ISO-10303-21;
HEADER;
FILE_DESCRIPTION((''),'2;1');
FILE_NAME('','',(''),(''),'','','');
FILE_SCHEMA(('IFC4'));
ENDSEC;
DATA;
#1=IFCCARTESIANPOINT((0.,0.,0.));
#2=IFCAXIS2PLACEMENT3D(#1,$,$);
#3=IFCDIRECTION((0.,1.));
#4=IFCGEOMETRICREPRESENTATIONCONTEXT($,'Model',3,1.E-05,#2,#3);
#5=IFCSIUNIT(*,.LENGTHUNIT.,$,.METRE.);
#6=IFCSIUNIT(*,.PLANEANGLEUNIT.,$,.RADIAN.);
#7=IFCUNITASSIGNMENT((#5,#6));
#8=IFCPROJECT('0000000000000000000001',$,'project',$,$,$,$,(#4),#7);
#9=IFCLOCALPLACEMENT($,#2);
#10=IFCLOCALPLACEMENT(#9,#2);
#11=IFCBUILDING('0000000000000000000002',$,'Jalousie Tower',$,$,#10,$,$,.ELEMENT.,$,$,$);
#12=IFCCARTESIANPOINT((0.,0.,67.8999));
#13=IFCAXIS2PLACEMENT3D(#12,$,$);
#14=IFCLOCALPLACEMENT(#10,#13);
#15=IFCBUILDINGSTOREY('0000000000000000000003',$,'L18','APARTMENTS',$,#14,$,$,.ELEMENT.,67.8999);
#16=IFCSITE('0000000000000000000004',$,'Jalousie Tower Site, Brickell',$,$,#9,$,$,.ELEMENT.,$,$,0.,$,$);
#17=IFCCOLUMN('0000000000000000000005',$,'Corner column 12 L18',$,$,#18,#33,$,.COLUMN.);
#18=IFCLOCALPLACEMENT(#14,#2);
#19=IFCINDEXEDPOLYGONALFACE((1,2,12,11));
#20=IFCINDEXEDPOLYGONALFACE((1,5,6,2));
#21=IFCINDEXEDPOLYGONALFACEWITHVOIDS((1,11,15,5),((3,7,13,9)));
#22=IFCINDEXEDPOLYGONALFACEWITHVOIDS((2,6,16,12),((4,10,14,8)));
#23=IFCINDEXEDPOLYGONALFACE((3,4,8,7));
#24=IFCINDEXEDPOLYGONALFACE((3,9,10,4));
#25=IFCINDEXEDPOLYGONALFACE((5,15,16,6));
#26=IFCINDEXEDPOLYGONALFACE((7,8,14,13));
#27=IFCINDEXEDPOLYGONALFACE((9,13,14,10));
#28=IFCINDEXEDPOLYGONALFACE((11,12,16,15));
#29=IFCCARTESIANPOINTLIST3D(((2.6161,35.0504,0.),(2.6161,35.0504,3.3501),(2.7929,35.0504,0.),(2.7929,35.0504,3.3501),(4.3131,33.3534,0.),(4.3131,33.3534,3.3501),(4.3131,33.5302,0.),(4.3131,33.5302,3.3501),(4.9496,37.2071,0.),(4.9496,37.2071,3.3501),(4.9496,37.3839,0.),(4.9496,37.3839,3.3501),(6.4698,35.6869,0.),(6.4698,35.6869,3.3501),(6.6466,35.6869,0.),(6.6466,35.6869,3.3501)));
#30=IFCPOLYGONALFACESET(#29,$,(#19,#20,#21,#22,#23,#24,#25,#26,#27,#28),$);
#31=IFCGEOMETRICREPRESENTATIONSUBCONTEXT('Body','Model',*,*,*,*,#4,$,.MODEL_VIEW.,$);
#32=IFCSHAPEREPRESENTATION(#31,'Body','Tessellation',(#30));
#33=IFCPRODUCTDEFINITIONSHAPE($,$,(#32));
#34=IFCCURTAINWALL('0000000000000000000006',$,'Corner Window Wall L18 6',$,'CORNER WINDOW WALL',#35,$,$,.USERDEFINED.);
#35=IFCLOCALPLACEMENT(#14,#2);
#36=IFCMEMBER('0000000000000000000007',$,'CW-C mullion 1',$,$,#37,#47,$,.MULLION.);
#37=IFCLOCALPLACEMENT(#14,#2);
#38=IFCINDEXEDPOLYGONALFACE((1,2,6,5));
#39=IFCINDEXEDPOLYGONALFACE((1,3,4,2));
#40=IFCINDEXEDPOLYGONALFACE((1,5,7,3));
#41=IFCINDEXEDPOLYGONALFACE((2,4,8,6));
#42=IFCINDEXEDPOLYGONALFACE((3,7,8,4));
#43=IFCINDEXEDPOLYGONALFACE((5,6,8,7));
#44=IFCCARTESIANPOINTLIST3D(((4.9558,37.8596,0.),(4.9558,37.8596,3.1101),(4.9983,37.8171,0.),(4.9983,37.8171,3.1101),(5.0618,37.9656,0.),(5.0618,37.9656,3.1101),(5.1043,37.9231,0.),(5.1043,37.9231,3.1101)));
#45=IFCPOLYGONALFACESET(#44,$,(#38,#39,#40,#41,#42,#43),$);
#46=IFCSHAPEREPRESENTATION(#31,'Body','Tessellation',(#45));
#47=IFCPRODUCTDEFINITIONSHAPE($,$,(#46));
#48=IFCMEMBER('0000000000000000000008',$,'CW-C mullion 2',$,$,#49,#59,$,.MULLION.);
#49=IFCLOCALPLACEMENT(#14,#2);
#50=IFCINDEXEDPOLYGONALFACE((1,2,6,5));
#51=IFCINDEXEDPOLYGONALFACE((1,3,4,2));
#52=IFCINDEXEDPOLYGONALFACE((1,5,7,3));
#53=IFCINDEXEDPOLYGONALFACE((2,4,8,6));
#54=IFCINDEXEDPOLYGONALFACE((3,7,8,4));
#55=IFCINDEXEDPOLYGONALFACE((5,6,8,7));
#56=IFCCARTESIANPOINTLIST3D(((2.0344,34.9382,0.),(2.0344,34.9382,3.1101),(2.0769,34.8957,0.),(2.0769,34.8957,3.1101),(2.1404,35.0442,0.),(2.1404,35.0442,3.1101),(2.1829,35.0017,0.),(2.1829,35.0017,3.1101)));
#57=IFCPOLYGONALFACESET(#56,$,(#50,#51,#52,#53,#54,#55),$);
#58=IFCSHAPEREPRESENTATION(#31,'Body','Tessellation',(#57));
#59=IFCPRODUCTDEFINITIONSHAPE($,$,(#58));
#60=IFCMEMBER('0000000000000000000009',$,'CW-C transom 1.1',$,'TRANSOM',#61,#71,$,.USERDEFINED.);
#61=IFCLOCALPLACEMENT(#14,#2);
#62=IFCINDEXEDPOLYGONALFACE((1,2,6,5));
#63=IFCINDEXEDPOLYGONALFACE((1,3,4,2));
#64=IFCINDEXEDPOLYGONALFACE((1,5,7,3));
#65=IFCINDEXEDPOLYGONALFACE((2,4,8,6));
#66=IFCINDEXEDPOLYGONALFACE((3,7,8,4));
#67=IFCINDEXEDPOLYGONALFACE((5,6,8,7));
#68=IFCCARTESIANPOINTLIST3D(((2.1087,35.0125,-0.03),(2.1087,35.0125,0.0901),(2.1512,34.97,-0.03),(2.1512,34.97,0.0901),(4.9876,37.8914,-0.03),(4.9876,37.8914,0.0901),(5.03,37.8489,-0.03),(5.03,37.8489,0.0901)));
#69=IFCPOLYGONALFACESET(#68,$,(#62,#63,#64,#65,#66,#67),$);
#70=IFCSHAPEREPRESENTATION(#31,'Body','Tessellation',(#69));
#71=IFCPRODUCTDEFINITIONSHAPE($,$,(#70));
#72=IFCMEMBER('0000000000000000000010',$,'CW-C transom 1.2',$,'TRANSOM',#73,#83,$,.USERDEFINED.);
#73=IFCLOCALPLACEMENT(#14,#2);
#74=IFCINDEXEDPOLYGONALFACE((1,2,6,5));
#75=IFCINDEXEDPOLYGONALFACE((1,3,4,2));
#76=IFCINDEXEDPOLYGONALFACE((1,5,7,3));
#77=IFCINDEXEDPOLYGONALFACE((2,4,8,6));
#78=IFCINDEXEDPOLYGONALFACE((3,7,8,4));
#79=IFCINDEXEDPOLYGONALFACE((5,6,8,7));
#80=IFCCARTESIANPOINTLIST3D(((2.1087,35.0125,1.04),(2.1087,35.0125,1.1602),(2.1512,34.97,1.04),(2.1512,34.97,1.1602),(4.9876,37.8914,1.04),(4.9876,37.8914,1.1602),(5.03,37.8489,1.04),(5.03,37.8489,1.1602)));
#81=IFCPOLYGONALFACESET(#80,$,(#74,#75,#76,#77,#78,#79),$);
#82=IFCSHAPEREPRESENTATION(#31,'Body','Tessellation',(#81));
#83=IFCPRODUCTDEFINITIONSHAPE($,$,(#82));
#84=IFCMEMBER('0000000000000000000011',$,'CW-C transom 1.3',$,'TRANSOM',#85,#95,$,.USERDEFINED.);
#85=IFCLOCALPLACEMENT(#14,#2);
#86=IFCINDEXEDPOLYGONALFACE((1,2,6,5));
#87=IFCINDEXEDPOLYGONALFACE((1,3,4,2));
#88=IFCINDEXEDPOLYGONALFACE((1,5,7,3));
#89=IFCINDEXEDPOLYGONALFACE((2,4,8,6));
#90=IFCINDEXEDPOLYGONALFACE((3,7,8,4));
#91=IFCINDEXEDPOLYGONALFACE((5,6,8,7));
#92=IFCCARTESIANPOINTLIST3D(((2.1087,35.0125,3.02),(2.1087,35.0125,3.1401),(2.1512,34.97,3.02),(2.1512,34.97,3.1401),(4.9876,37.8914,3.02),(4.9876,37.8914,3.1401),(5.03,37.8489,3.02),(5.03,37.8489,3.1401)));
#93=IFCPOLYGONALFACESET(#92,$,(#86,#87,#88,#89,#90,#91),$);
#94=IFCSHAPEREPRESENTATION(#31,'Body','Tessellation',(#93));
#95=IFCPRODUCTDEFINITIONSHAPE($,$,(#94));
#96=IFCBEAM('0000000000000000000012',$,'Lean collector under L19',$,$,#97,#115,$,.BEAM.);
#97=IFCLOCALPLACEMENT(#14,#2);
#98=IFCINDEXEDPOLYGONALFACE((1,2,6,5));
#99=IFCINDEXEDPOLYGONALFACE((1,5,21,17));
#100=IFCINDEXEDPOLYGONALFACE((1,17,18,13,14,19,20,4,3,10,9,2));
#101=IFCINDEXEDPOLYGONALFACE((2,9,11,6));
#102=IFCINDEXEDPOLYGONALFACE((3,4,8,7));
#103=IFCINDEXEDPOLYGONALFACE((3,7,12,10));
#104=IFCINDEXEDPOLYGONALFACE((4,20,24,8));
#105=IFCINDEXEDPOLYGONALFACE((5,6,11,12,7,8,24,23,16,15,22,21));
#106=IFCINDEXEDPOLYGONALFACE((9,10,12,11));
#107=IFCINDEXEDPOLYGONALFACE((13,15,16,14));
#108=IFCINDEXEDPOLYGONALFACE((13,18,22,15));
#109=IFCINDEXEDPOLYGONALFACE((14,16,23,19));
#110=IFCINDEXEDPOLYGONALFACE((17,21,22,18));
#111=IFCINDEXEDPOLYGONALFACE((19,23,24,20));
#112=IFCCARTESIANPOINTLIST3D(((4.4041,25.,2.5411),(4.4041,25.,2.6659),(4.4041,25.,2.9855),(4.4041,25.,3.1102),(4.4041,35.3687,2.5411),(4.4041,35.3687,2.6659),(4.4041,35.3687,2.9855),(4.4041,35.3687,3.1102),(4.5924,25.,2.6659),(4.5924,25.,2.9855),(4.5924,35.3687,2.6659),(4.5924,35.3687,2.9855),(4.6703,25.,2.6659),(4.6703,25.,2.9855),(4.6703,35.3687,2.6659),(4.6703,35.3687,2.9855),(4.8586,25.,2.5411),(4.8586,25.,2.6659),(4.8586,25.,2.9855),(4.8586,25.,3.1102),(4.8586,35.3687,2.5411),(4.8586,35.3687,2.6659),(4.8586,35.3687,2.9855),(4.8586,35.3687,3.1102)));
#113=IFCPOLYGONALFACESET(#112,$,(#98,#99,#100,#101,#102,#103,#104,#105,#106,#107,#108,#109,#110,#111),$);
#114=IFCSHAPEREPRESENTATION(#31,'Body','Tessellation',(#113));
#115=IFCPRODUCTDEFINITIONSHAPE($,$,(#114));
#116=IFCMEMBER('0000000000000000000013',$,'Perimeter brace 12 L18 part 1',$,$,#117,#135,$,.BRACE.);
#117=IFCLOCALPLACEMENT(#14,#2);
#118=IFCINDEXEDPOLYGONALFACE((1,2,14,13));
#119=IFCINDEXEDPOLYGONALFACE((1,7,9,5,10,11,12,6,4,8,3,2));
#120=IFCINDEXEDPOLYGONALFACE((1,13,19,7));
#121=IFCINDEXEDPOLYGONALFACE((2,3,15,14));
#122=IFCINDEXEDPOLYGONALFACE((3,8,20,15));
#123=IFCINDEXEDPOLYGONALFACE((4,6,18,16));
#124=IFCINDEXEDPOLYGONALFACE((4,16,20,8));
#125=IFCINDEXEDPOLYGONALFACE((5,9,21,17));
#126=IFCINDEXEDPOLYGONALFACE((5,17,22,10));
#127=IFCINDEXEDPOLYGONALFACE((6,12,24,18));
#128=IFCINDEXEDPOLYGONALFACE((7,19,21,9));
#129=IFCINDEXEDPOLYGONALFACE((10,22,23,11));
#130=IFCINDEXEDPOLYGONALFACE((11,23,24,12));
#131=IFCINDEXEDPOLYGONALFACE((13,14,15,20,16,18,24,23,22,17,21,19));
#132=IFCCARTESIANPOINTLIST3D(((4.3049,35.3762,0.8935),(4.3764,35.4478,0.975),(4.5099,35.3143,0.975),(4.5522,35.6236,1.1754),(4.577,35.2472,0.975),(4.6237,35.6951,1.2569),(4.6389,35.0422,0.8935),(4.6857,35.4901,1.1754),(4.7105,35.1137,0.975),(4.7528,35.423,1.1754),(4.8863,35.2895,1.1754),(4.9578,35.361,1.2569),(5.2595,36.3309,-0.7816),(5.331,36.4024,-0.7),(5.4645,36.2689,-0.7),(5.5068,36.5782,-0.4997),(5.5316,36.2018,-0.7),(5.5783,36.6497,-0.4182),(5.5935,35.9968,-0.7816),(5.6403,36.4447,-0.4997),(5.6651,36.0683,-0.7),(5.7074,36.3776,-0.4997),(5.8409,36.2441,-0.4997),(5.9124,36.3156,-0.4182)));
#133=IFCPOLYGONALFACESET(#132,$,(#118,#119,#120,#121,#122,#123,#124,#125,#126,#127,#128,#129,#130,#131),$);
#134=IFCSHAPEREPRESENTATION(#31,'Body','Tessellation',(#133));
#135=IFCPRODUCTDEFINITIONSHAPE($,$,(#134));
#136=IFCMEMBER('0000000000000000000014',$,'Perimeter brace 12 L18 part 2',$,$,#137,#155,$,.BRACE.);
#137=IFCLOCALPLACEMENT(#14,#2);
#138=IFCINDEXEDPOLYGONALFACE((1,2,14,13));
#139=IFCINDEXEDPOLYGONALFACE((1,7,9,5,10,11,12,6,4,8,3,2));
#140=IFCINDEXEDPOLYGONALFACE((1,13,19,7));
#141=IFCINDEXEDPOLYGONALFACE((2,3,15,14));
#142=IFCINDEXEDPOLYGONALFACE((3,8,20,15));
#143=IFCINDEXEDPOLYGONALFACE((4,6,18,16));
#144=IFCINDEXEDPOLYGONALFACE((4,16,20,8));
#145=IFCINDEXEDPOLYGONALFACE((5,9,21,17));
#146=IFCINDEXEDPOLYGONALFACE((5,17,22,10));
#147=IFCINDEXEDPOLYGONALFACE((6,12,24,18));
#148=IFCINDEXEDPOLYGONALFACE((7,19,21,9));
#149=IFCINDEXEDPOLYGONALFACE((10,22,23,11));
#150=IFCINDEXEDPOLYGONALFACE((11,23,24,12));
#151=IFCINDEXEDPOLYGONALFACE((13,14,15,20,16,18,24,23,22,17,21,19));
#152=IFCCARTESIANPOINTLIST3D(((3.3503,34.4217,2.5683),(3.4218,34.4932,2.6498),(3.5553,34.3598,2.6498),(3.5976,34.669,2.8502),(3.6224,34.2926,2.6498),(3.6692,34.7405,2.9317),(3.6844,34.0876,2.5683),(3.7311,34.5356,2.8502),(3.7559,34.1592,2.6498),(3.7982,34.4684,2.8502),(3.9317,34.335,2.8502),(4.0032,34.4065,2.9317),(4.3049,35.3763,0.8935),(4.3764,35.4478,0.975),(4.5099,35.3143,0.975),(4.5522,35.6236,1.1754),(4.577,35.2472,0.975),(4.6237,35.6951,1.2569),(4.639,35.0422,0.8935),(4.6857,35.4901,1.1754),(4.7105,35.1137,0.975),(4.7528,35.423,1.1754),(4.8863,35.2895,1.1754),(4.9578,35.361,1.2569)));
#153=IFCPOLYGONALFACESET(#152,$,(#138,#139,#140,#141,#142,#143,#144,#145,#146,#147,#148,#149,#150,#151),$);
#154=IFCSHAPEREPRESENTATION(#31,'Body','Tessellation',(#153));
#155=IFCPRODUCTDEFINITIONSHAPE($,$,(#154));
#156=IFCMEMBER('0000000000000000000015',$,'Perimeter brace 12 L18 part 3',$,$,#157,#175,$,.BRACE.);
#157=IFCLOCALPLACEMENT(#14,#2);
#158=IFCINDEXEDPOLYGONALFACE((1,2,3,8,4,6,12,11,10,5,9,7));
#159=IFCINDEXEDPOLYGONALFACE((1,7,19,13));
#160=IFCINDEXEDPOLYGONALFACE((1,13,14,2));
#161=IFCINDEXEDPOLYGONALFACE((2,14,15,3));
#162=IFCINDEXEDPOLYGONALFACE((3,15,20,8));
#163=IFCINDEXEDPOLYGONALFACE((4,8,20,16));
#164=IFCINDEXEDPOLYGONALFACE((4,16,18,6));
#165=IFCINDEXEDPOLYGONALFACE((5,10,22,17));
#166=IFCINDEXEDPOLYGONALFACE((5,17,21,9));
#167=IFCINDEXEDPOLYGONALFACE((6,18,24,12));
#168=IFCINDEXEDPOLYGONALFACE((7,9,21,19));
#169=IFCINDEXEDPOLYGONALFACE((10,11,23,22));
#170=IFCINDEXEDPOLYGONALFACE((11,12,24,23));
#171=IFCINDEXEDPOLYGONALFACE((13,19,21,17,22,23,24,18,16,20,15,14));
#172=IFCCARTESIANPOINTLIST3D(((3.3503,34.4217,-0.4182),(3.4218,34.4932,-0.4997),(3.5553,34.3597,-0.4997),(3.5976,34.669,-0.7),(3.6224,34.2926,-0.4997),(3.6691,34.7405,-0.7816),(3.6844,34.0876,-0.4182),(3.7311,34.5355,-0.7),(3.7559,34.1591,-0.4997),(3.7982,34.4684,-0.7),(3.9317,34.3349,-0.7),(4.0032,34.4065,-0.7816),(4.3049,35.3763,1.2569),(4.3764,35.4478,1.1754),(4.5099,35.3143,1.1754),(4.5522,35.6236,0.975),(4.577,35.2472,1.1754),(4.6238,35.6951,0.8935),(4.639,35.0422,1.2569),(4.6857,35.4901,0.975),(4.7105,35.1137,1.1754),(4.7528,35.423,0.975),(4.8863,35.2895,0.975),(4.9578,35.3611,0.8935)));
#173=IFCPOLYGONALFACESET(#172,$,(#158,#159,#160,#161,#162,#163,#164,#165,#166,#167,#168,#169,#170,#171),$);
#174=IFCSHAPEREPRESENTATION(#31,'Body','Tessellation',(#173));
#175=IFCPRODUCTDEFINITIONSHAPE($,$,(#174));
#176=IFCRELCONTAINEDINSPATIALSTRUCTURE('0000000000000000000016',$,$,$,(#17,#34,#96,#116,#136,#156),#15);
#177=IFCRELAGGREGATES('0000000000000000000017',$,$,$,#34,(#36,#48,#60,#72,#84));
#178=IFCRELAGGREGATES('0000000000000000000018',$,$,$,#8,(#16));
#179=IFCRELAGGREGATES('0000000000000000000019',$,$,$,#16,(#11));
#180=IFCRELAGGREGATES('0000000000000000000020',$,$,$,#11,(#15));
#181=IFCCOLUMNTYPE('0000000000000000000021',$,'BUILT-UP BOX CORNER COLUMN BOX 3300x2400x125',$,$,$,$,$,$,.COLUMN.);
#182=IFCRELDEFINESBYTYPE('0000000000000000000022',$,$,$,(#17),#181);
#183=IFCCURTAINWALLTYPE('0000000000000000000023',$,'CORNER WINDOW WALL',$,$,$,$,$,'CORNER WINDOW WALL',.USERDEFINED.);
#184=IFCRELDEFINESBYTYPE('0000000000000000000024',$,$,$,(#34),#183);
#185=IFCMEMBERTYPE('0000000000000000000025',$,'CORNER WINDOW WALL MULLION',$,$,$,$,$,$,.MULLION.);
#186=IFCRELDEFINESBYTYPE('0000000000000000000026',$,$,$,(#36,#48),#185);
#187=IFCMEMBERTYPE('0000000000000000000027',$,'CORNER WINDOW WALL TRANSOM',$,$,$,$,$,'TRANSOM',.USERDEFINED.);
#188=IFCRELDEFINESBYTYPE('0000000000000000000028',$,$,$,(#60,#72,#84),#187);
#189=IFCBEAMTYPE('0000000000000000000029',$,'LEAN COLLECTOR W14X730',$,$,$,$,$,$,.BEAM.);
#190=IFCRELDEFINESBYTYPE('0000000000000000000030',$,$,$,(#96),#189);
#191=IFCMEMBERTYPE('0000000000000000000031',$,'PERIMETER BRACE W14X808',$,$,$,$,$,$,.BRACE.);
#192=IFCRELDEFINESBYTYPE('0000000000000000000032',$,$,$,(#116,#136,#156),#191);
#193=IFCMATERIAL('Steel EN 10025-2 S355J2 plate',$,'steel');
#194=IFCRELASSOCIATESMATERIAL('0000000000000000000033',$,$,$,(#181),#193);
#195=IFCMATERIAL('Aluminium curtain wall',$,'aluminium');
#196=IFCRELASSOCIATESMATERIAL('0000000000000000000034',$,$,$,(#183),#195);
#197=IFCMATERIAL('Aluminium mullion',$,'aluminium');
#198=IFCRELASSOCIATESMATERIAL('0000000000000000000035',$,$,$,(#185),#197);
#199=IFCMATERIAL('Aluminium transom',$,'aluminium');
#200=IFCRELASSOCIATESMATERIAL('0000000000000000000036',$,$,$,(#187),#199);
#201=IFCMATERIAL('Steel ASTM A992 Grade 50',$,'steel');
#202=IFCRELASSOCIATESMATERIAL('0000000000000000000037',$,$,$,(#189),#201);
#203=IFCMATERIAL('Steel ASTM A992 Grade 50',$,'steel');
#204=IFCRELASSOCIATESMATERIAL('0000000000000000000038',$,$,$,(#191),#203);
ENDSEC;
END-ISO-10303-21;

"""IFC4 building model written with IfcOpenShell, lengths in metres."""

from ifc_helpers import new_model, si_unit, direction, frame, origin, origin_2d, place, context, subcontext, project, spatial, rectangle, hollow_rectangle, i_section, extrude, material, material_profile, profile_set, type_object, element, aggregate, save


model = new_model("IFC4")

# Units and contexts
model_context = context("Model", 3, precision=1e-05, world=origin(), true_north=direction((0.0, 1.0)))
body_context = subcontext(model_context, "Body", "Model", "MODEL_VIEW")
ifc_project = project(units=[si_unit("LENGTHUNIT", "METRE"), si_unit("PLANEANGLEUNIT", "RADIAN")], contexts=[model_context])

# Site, building, storey
site_placement = place(None, origin())
site = spatial("IfcSite", under=ifc_project, at=site_placement, Name="Jalousie Tower Site, Brickell", CompositionType="ELEMENT", RefElevation=0.0)
building_placement = place(site_placement, origin())
building = spatial("IfcBuilding", under=site, at=building_placement, Name="Jalousie Tower", CompositionType="ELEMENT")
storey_placement = place(building_placement, frame((0.0, 0.0, 67.8999)))
storey = spatial("IfcBuildingStorey", under=building, at=storey_placement, Name="L18", Description="APARTMENTS", CompositionType="ELEMENT", Elevation=67.8999)

# Column
ifc_material_1 = material(Name="Steel EN 10025-2 S355J2 plate", Category="steel")
ifc_material_profile_1 = material_profile(ifc_material_1, hollow_rectangle(XDim=2.3999, YDim=3.3, WallThickness=0.125, at=origin_2d()), Name="BOX 3300x2400x125")
ifc_profile_set_1 = profile_set([ifc_material_profile_1], Name="Steel EN 10025-2 S355J2 plate")
column_type = type_object("IfcColumnType", Name="BUILT-UP BOX CORNER COLUMN BOX 3300x2400x125", PredefinedType="COLUMN", material=ifc_profile_set_1)
column_placement = place(storey_placement, frame((4.6313, 35.3687, 0.0), z_axis=(0.0, 0.0, 1.0), x_axis=(0.707107, -0.707107, 0.0)))
element("IfcColumn", 1, at=column_placement, inside=storey, type_object=column_type, Name="Corner column 12 L18", PredefinedType="COLUMN", context=body_context, shape_type="SweptSolid", body=[
    extrude(hollow_rectangle(XDim=2.3999, YDim=3.3, WallThickness=0.125, at=origin_2d()), origin(), (0.0, 0.0, 1.0), 3.3501),
])

# Curtain wall, members
ifc_material_2 = material(Name="Aluminium curtain wall", Category="aluminium")
curtain_wall_type_1 = type_object("IfcCurtainWallType", Name="CORNER WINDOW WALL", ElementType="CORNER WINDOW WALL", PredefinedType="USERDEFINED", material=ifc_material_2)
curtain_wall_1_placement = place(storey_placement, origin())
curtain_wall_1 = element("IfcCurtainWall", 2, at=curtain_wall_1_placement, inside=storey, type_object=curtain_wall_type_1, Name="Corner Window Wall L18 6", ObjectType="CORNER WINDOW WALL", PredefinedType="USERDEFINED")
ifc_material_3 = material(Name="Aluminium mullion", Category="aluminium")
ifc_material_profile_2 = material_profile(ifc_material_3, rectangle(XDim=0.0601, YDim=0.1499, at=origin_2d()), Name="MULLION 60x150")
ifc_profile_set_2 = profile_set([ifc_material_profile_2], Name="Aluminium mullion")
member_type_1 = type_object("IfcMemberType", Name="CORNER WINDOW WALL MULLION", PredefinedType="MULLION", material=ifc_profile_set_2)
member_1_placement = place(storey_placement, frame((5.03, 37.8914, 0.0), z_axis=(0.0, 0.0, 1.0), x_axis=(0.707107, -0.707107, 0.0)))
member_1 = element("IfcMember", 3, at=member_1_placement, type_object=member_type_1, Name="CW-C mullion 1", PredefinedType="MULLION", context=body_context, shape_type="SweptSolid", body=[
    extrude(rectangle(XDim=0.0601, YDim=0.1499, at=origin_2d()), origin(), (0.0, 0.0, 1.0), 3.1101),
])
member_2_placement = place(storey_placement, frame((2.1086, 34.97, 0.0), z_axis=(0.0, 0.0, 1.0), x_axis=(0.707107, -0.707107, 0.0)))
member_2 = element("IfcMember", 4, at=member_2_placement, type_object=member_type_1, Name="CW-C mullion 2", PredefinedType="MULLION", context=body_context, shape_type="SweptSolid", body=[
    extrude(rectangle(XDim=0.0601, YDim=0.1499, at=origin_2d()), origin(), (0.0, 0.0, 1.0), 3.1101),
])
ifc_material_4 = material(Name="Aluminium transom", Category="aluminium")
ifc_material_profile_3 = material_profile(ifc_material_4, rectangle(XDim=0.0601, YDim=0.1201, at=origin_2d()), Name="TRANSOM 60x120")
ifc_profile_set_3 = profile_set([ifc_material_profile_3], Name="Aluminium transom")
member_type_2 = type_object("IfcMemberType", Name="CORNER WINDOW WALL TRANSOM", ElementType="TRANSOM", PredefinedType="USERDEFINED", material=ifc_profile_set_3)
member_3_placement = place(storey_placement, frame((5.0088, 37.8701, 0.03), z_axis=(-0.707107, -0.707107, 0.0), x_axis=(0.707107, -0.707107, 0.0)))
member_3 = element("IfcMember", 5, at=member_3_placement, type_object=member_type_2, Name="CW-C transom 1.1", ObjectType="TRANSOM", PredefinedType="USERDEFINED", context=body_context, shape_type="SweptSolid", body=[
    extrude(rectangle(XDim=0.0601, YDim=0.1201, at=origin_2d()), origin(), (0.0, 0.0, 1.0), 4.0713),
])
member_4_placement = place(storey_placement, frame((5.0088, 37.8701, 1.1001), z_axis=(-0.707107, -0.707107, 0.0), x_axis=(0.707107, -0.707107, 0.0)))
member_4 = element("IfcMember", 6, at=member_4_placement, type_object=member_type_2, Name="CW-C transom 1.2", ObjectType="TRANSOM", PredefinedType="USERDEFINED", context=body_context, shape_type="SweptSolid", body=[
    extrude(rectangle(XDim=0.0601, YDim=0.1201, at=origin_2d()), origin(), (0.0, 0.0, 1.0), 4.0713),
])
member_5_placement = place(storey_placement, frame((5.0088, 37.8701, 3.0801), z_axis=(-0.707107, -0.707107, 0.0), x_axis=(0.707107, -0.707107, 0.0)))
member_5 = element("IfcMember", 7, at=member_5_placement, type_object=member_type_2, Name="CW-C transom 1.3", ObjectType="TRANSOM", PredefinedType="USERDEFINED", context=body_context, shape_type="SweptSolid", body=[
    extrude(rectangle(XDim=0.0601, YDim=0.1201, at=origin_2d()), origin(), (0.0, 0.0, 1.0), 4.0713),
])

# Beam
ifc_material_5 = material(Name="Steel ASTM A992 Grade 50", Category="steel")
ifc_material_profile_4 = material_profile(ifc_material_5, i_section(OverallWidth=0.4546, OverallDepth=0.5691, WebThickness=0.0779, FlangeThickness=0.1248, at=origin_2d()), Name="W14X730")
ifc_profile_set_4 = profile_set([ifc_material_profile_4], Name="Steel ASTM A992 Grade 50")
beam_type_1 = type_object("IfcBeamType", Name="LEAN COLLECTOR W14X730", PredefinedType="BEAM", material=ifc_profile_set_4)
beam_1_placement = place(storey_placement, frame((4.6313, 35.3687, 2.8257), z_axis=(0.0, -1.0, 0.0), x_axis=(1.0, 0.0, 0.0)))
element("IfcBeam", 8, at=beam_1_placement, inside=storey, type_object=beam_type_1, Name="Lean collector under L19", PredefinedType="BEAM", context=body_context, shape_type="SweptSolid", body=[
    extrude(i_section(OverallWidth=0.4546, OverallDepth=0.5691, WebThickness=0.0779, FlangeThickness=0.1248, at=origin_2d()), origin(), (0.0, 0.0, 1.0), 10.3687),
])

# Members
ifc_material_6 = material(Name="Steel ASTM A992 Grade 50", Category="steel")
ifc_material_profile_5 = material_profile(ifc_material_6, i_section(OverallWidth=0.4724, OverallDepth=0.5791, WebThickness=0.095, FlangeThickness=0.1299, at=origin_2d()), Name="W14X808")
ifc_profile_set_5 = profile_set([ifc_material_profile_5], Name="Steel ASTM A992 Grade 50")
member_type_3 = type_object("IfcMemberType", Name="PERIMETER BRACE W14X808", PredefinedType="BRACE", material=ifc_profile_set_5)
member_6_placement = place(storey_placement, frame((5.5859, 36.3232, -0.5999), z_axis=(-0.443718, -0.443718, 0.778607), x_axis=(0.707107, -0.707107, 0.0)))
element("IfcMember", 9, at=member_6_placement, inside=storey, type_object=member_type_3, Name="Perimeter brace 12 L18 part 1", PredefinedType="BRACE", context=body_context, shape_type="SweptSolid", body=[
    extrude(i_section(OverallWidth=0.4724, OverallDepth=0.5791, WebThickness=0.095, FlangeThickness=0.1299, at=origin_2d()), origin(), (0.0, 0.0, 1.0), 2.1514),
])
member_7_placement = place(storey_placement, frame((4.6313, 35.3687, 1.0752), z_axis=(-0.443758, -0.443758, 0.778562), x_axis=(0.707107, -0.707107, 0.0)))
element("IfcMember", 10, at=member_7_placement, inside=storey, type_object=member_type_3, Name="Perimeter brace 12 L18 part 2", PredefinedType="BRACE", context=body_context, shape_type="SweptSolid", body=[
    extrude(i_section(OverallWidth=0.4724, OverallDepth=0.5791, WebThickness=0.095, FlangeThickness=0.1299, at=origin_2d()), origin(), (0.0, 0.0, 1.0), 2.1511),
])
member_8_placement = place(storey_placement, frame((3.6768, 34.4141, -0.5999), z_axis=(0.443718, 0.443718, 0.778607), x_axis=(-0.707107, 0.707107, 0.0)))
element("IfcMember", 11, at=member_8_placement, inside=storey, type_object=member_type_3, Name="Perimeter brace 12 L18 part 3", PredefinedType="BRACE", context=body_context, shape_type="SweptSolid", body=[
    extrude(i_section(OverallWidth=0.4724, OverallDepth=0.5791, WebThickness=0.095, FlangeThickness=0.1299, at=origin_2d()), origin(), (0.0, 0.0, 1.0), 2.1514),
])

aggregate(curtain_wall_1, [member_1, member_2, member_3, member_4, member_5])

save(model, "model.ifc")
